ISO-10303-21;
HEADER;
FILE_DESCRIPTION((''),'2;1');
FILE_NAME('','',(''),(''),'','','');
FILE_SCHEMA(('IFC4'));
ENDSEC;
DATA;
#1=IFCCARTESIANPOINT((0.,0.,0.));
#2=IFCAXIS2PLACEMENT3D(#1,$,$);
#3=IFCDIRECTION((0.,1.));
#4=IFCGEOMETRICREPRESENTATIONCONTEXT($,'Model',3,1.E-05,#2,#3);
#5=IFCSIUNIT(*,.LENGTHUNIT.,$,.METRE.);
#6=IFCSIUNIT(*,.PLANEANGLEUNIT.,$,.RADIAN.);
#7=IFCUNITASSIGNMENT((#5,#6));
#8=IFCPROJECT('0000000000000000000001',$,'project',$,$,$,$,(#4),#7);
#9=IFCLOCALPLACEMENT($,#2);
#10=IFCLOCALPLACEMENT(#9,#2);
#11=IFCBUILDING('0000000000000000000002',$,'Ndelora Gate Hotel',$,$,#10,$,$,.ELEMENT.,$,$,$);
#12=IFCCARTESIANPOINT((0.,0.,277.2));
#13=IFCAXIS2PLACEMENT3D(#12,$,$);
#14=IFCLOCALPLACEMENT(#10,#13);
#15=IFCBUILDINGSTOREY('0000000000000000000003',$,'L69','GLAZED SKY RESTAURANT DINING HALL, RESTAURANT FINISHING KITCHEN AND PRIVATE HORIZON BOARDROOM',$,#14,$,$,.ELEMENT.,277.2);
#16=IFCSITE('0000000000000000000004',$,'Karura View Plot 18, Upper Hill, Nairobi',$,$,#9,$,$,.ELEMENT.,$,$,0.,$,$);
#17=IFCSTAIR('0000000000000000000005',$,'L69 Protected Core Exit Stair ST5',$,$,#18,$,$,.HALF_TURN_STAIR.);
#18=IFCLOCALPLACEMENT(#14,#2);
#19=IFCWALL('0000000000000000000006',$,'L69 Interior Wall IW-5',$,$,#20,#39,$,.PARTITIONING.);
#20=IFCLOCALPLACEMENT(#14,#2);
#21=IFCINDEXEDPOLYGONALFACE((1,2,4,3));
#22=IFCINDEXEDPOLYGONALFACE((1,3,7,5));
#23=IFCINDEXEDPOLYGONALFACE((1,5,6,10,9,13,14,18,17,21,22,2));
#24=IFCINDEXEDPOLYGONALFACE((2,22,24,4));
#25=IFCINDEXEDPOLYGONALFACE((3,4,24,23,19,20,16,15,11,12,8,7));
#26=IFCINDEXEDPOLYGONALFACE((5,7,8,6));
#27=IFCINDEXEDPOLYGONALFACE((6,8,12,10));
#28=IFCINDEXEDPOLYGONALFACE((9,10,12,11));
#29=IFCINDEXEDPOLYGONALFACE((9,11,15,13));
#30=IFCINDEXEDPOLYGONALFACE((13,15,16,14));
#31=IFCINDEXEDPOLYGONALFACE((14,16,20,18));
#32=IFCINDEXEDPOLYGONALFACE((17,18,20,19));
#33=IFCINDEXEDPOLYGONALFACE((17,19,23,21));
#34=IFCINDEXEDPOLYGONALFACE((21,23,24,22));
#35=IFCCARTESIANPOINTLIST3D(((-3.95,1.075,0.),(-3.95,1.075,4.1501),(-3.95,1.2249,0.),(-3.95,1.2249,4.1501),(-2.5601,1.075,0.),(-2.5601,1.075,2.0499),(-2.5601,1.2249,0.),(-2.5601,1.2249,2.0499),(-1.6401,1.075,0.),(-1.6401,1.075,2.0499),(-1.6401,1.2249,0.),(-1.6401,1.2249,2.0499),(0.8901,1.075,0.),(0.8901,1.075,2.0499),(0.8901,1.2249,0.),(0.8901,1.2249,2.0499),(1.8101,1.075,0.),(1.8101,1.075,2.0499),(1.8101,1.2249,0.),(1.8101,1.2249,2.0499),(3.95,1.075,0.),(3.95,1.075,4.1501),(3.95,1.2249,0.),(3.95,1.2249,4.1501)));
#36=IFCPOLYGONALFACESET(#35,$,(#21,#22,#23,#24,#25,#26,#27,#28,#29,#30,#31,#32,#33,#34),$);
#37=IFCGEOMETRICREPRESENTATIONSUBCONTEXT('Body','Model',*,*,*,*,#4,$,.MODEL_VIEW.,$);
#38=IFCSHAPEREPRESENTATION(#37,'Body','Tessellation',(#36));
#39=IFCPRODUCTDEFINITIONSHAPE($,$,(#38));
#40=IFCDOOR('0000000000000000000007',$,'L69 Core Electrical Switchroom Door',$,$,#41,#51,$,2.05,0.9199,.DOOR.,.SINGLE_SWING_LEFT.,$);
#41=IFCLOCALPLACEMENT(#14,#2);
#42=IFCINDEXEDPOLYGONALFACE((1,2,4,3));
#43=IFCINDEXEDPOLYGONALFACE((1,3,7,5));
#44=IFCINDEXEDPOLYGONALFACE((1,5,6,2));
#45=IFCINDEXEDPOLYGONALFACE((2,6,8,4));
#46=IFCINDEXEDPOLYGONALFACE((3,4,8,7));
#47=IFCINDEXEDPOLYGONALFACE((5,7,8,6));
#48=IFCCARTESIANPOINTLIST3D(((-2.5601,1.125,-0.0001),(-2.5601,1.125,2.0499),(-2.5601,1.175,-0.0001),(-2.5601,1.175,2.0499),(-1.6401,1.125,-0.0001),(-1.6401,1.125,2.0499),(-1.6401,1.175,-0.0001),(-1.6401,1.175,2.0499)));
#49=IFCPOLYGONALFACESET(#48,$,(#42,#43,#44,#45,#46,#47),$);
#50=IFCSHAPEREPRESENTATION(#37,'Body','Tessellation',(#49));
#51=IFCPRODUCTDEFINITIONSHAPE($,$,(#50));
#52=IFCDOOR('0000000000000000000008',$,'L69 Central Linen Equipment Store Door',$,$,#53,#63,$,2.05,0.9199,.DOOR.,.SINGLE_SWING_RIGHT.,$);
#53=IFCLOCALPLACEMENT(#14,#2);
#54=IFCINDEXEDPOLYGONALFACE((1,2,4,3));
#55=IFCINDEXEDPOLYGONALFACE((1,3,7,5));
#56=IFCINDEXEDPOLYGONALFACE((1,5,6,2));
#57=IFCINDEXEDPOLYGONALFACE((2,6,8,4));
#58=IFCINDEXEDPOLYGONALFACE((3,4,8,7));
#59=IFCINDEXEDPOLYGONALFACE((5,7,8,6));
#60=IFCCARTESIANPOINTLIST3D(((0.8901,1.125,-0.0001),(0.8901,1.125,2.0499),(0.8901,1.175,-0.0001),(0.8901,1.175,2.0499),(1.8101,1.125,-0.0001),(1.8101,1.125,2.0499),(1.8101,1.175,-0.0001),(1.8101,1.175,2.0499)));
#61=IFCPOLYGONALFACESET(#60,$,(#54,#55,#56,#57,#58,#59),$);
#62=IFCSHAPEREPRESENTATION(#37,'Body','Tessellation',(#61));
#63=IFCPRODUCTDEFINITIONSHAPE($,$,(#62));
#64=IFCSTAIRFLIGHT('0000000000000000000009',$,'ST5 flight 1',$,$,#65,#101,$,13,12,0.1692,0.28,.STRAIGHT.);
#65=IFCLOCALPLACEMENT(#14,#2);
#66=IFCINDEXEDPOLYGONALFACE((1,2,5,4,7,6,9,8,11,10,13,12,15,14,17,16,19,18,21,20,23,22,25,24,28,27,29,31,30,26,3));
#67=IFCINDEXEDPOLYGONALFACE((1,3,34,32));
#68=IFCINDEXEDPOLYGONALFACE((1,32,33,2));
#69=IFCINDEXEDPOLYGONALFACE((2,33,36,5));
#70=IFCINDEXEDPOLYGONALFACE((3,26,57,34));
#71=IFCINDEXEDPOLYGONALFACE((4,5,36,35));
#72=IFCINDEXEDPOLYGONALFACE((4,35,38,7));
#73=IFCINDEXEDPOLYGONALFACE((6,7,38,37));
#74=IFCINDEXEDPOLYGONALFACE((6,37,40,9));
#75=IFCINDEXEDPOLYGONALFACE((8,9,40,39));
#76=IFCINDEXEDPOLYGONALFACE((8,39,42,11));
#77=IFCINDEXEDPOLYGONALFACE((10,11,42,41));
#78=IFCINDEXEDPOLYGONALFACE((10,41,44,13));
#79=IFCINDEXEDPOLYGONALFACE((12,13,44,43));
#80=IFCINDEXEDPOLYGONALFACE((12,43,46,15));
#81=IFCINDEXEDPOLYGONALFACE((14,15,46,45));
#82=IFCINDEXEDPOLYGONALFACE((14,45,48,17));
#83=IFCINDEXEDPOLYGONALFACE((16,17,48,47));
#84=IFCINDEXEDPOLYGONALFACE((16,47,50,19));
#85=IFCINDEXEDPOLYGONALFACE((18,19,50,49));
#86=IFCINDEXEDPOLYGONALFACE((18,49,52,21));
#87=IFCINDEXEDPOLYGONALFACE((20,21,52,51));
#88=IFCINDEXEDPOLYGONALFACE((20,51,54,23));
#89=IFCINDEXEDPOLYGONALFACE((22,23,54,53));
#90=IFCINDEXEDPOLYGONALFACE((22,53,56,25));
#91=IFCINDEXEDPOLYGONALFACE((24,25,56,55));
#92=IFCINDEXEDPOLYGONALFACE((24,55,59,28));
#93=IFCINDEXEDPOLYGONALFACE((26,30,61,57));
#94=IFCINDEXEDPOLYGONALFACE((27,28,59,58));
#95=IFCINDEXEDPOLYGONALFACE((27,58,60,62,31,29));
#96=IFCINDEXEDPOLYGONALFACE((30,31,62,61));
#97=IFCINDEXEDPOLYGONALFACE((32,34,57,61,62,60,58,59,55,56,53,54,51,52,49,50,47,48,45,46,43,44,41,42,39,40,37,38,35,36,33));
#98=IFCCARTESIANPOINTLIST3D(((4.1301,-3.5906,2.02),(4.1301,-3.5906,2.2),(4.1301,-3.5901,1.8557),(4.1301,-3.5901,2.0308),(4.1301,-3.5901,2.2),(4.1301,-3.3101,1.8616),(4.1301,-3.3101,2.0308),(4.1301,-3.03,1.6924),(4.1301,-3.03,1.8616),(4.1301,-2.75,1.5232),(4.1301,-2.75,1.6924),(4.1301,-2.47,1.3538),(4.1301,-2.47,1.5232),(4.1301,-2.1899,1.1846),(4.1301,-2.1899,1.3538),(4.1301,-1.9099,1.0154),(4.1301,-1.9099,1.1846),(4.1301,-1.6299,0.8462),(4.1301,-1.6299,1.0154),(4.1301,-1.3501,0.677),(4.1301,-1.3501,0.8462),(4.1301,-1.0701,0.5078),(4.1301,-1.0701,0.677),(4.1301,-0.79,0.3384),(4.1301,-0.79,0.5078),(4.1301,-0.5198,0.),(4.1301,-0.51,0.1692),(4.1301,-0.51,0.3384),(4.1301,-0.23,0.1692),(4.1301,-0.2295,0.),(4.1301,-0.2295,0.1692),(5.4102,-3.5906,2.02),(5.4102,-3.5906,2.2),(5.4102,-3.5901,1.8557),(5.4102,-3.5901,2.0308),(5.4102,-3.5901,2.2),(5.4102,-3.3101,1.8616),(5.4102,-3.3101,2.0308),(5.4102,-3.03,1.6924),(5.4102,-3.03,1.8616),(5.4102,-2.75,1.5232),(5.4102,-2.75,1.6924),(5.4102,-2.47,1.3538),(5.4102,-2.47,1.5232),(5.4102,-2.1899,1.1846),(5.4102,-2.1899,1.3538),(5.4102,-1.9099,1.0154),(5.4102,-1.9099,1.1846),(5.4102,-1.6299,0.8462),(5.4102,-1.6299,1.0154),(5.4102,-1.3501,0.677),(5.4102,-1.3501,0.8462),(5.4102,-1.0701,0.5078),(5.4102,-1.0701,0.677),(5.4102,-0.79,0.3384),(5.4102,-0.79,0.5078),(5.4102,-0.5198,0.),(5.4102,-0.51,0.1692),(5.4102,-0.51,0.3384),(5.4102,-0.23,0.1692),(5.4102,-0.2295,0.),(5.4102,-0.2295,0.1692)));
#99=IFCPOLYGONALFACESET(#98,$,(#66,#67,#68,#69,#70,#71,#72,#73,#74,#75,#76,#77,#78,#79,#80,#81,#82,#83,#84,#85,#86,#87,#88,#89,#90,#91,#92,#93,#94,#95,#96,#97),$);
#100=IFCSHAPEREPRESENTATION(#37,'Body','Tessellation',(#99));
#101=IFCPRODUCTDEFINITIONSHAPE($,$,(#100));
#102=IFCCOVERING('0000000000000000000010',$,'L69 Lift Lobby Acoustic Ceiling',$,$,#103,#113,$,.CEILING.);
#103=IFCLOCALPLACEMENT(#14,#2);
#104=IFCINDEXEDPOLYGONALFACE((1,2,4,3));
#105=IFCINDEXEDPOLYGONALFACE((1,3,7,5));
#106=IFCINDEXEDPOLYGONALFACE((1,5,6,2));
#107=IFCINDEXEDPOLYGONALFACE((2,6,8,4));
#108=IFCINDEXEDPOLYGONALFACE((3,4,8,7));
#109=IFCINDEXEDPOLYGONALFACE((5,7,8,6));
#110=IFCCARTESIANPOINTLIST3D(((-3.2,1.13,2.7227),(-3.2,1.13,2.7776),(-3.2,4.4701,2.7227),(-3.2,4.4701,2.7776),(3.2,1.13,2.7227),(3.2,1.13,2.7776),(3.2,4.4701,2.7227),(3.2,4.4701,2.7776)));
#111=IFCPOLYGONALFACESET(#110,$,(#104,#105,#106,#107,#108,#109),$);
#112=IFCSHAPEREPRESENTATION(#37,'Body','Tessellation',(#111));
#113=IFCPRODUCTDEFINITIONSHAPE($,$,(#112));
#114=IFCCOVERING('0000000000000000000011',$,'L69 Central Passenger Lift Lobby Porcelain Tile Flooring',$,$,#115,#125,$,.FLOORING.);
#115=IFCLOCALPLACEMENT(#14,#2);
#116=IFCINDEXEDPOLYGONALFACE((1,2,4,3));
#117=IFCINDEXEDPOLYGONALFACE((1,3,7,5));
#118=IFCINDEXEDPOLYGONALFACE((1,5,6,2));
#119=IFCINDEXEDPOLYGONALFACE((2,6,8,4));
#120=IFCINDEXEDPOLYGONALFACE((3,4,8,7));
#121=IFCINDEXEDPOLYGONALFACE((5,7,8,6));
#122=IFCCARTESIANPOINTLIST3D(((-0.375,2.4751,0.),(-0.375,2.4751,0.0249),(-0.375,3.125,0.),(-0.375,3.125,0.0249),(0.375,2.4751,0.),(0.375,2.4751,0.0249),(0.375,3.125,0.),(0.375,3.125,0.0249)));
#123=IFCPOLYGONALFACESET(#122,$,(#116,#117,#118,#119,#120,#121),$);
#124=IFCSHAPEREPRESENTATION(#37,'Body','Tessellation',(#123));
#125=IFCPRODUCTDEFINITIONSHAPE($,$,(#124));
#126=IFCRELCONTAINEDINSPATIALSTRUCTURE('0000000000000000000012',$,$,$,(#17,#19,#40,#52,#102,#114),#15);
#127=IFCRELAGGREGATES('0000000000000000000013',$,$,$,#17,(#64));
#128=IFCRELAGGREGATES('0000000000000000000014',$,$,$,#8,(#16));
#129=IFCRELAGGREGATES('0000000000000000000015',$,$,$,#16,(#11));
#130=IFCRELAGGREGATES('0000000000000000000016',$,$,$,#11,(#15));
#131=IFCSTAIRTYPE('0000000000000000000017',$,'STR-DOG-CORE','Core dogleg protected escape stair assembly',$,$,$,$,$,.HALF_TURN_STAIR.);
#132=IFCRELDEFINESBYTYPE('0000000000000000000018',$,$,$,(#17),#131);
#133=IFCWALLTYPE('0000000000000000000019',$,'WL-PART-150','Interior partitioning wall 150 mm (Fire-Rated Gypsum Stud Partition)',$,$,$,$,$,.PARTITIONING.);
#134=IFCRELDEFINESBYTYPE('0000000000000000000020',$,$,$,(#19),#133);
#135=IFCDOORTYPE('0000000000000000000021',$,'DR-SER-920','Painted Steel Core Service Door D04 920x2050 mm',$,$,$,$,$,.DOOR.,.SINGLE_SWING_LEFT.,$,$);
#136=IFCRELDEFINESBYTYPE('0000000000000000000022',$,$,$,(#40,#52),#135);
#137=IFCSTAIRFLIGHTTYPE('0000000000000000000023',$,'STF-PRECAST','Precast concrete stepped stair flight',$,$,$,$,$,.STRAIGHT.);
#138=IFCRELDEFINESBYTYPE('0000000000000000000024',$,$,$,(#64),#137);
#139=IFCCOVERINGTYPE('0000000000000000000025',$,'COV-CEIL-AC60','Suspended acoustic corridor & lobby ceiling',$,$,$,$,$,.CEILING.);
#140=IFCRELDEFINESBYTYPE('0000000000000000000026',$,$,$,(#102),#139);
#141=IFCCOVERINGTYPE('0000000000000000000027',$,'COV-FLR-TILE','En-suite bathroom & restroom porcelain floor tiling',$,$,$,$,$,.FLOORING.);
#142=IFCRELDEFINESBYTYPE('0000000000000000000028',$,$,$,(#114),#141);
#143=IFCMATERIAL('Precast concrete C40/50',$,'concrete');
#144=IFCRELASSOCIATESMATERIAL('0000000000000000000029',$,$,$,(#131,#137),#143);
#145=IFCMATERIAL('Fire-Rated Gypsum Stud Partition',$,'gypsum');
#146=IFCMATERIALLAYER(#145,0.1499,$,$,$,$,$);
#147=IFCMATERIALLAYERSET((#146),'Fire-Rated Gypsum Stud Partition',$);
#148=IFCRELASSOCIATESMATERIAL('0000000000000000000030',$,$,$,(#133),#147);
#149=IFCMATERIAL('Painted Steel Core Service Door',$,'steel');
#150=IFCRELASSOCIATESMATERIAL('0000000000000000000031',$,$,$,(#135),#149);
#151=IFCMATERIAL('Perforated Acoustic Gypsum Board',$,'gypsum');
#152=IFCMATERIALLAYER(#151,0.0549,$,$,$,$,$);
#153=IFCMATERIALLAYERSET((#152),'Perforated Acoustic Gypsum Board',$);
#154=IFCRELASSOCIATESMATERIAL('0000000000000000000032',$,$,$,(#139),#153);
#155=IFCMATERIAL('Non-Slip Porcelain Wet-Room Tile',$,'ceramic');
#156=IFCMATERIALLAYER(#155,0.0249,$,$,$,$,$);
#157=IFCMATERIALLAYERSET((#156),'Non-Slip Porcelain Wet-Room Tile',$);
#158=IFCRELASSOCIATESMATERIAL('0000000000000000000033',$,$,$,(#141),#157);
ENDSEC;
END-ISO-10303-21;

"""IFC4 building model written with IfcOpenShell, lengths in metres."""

from ifc_helpers import new_model, si_unit, direction, frame, frame_2d, origin, origin_2d, place, context, subcontext, project, spatial, polyline, rectangle, outline, extrude, material, layer, layer_set, type_object, element, fill, aggregate, save


model = new_model("IFC4")

# Units and contexts
model_context = context("Model", 3, precision=1e-05, world=origin(), true_north=direction((0.0, 1.0)))
body_context = subcontext(model_context, "Body", "Model", "MODEL_VIEW")
ifc_project = project(units=[si_unit("LENGTHUNIT", "METRE"), si_unit("PLANEANGLEUNIT", "RADIAN")], contexts=[model_context])

# Site, building, storey
site_placement = place(None, origin())
site = spatial("IfcSite", under=ifc_project, at=site_placement, Name="Karura View Plot 18, Upper Hill, Nairobi", CompositionType="ELEMENT", RefElevation=0.0)
building_placement = place(site_placement, origin())
building = spatial("IfcBuilding", under=site, at=building_placement, Name="Ndelora Gate Hotel", CompositionType="ELEMENT")
storey_placement = place(building_placement, frame((0.0, 0.0, 277.2)))
storey = spatial("IfcBuildingStorey", under=building, at=storey_placement, Name="L69", Description="GLAZED SKY RESTAURANT DINING HALL, RESTAURANT FINISHING KITCHEN AND PRIVATE HORIZON BOARDROOM", CompositionType="ELEMENT", Elevation=277.2)

# Stair
ifc_material_1 = material(Name="Precast concrete C40/50", Category="concrete")
stair_type = type_object("IfcStairType", Name="STR-DOG-CORE", Description="Core dogleg protected escape stair assembly", PredefinedType="HALF_TURN_STAIR", material=ifc_material_1)
stair_1_placement = place(storey_placement, origin())
stair_1 = element("IfcStair", 1, at=stair_1_placement, inside=storey, type_object=stair_type, Name="L69 Protected Core Exit Stair ST5", PredefinedType="HALF_TURN_STAIR")

# Wall, openings, doors
ifc_material_2 = material(Name="Fire-Rated Gypsum Stud Partition", Category="gypsum")
ifc_layer_1 = layer(ifc_material_2, 0.1499)
ifc_layer_set_1 = layer_set([ifc_layer_1], Name="Fire-Rated Gypsum Stud Partition")
wall_type_1 = type_object("IfcWallType", Name="WL-PART-150", Description="Interior partitioning wall 150 mm (Fire-Rated Gypsum Stud Partition)", PredefinedType="PARTITIONING", material=ifc_layer_set_1)
wall_1_placement = place(storey_placement, frame((3.95, 1.1499, 0.0), z_axis=(0.0, 0.0, 1.0), x_axis=(-1.0, 0.0, 0.0)))
wall_1 = element("IfcWall", 2, at=wall_1_placement, inside=storey, type_object=wall_type_1, Name="L69 Interior Wall IW-5", PredefinedType="PARTITIONING", context=body_context, shape_type="SweptSolid", body=[
    extrude(rectangle(XDim=7.8999, YDim=0.1499, at=frame_2d((3.95, 0.0))), origin(), (0.0, 0.0, 1.0), 4.1501),
])
opening_1_placement = place(wall_1_placement, frame((5.5901, 0.0, 0.0)))
opening_1 = element("IfcOpeningElement", 3, at=opening_1_placement, cuts=wall_1, PredefinedType="OPENING", context=body_context, shape_type="SweptSolid", body=[
    extrude(rectangle(XDim=0.9199, YDim=2.05, at=frame_2d((0.46, 1.0249))), frame((0.0, 0.085, 0.0), z_axis=(0.0, -1.0, 0.0), x_axis=(1.0, 0.0, 0.0)), (0.0, 0.0, 1.0), 0.1699),
])
opening_2_placement = place(wall_1_placement, frame((2.1399, 0.0, 0.0)))
opening_2 = element("IfcOpeningElement", 4, at=opening_2_placement, cuts=wall_1, PredefinedType="OPENING", context=body_context, shape_type="SweptSolid", body=[
    extrude(rectangle(XDim=0.9199, YDim=2.05, at=frame_2d((0.46, 1.0249))), frame((0.0, 0.085, 0.0), z_axis=(0.0, -1.0, 0.0), x_axis=(1.0, 0.0, 0.0)), (0.0, 0.0, 1.0), 0.1699),
])
ifc_material_3 = material(Name="Painted Steel Core Service Door", Category="steel")
door_type_1 = type_object("IfcDoorType", Name="DR-SER-920", Description="Painted Steel Core Service Door D04 920x2050 mm", OperationType="SINGLE_SWING_LEFT", PredefinedType="DOOR", material=ifc_material_3)
door_1_placement = place(opening_1_placement, origin())
door_1 = element("IfcDoor", 5, at=door_1_placement, inside=storey, type_object=door_type_1, Name="L69 Core Electrical Switchroom Door", OperationType="SINGLE_SWING_LEFT", OverallHeight=2.05, OverallWidth=0.9199, PredefinedType="DOOR", context=body_context, shape_type="SweptSolid", body=[
    extrude(rectangle(XDim=0.9199, YDim=2.05, at=frame_2d((0.46, 1.0249))), frame((0.0, 0.0249, 0.0), z_axis=(0.0, -1.0, 0.0), x_axis=(1.0, 0.0, 0.0)), (0.0, 0.0, 1.0), 0.05),
])
fill(opening_1, door_1)
door_2_placement = place(opening_2_placement, origin())
door_2 = element("IfcDoor", 6, at=door_2_placement, inside=storey, type_object=door_type_1, Name="L69 Central Linen Equipment Store Door", OperationType="SINGLE_SWING_RIGHT", OverallHeight=2.05, OverallWidth=0.9199, PredefinedType="DOOR", context=body_context, shape_type="SweptSolid", body=[
    extrude(rectangle(XDim=0.9199, YDim=2.05, at=frame_2d((0.46, 1.0249))), frame((0.0, 0.0249, 0.0), z_axis=(0.0, -1.0, 0.0), x_axis=(1.0, 0.0, 0.0)), (0.0, 0.0, 1.0), 0.05),
])
fill(opening_2, door_2)

# Stair flight
stair_flight_type = type_object("IfcStairFlightType", Name="STF-PRECAST", Description="Precast concrete stepped stair flight", PredefinedType="STRAIGHT", material=ifc_material_1)
stair_flight_placement = place(storey_placement, frame((4.77, -0.23, 0.0), z_axis=(0.0, 0.0, 1.0), x_axis=(0.0, -1.0, 0.0)))
stair_flight = element("IfcStairFlight", 7, at=stair_flight_placement, type_object=stair_flight_type, Name="ST5 flight 1", NumberOfRisers=13, NumberOfTreads=12, PredefinedType="STRAIGHT", RiserHeight=0.1692, TreadLength=0.28, context=body_context, shape_type="SweptSolid", body=[
    extrude(outline(polyline([(-0.0005, 0.0), (-0.0005, 0.1692), (0.0, 0.1692), (0.28, 0.1692), (0.28, 0.3384), (0.5601, 0.3384), (0.5601, 0.5078), (0.8401, 0.5078), (0.8401, 0.677), (1.1201, 0.677), (1.1201, 0.8462), (1.3999, 0.8462), (1.3999, 1.0154), (1.6799, 1.0154), (1.6799, 1.1846), (1.96, 1.1846), (1.96, 1.3538), (2.24, 1.3538), (2.24, 1.5232), (2.52, 1.5232), (2.52, 1.6924), (2.8, 1.6924), (2.8, 1.8616), (3.0801, 1.8616), (3.0801, 2.0308), (3.3601, 2.0308), (3.3601, 2.2), (3.3606, 2.2), (3.3606, 2.02), (3.3601, 1.8557), (0.2898, 0.0), (-0.0005, 0.0)])), frame((0.0, 0.6401, 0.0), z_axis=(0.0, -1.0, 0.0), x_axis=(1.0, 0.0, 0.0)), (0.0, 0.0, 1.0), 1.28),
])
aggregate(stair_1, [stair_flight])

# Coverings
ifc_material_4 = material(Name="Perforated Acoustic Gypsum Board", Category="gypsum")
ifc_layer_2 = layer(ifc_material_4, 0.0549)
ifc_layer_set_2 = layer_set([ifc_layer_2], Name="Perforated Acoustic Gypsum Board")
covering_type_1 = type_object("IfcCoveringType", Name="COV-CEIL-AC60", Description="Suspended acoustic corridor & lobby ceiling", PredefinedType="CEILING", material=ifc_layer_set_2)
covering_1_placement = place(storey_placement, frame((0.0, 2.8, 2.7227), z_axis=(0.0, 0.0, 1.0), x_axis=(1.0, 0.0, 0.0)))
element("IfcCovering", 8, at=covering_1_placement, inside=storey, type_object=covering_type_1, Name="L69 Lift Lobby Acoustic Ceiling", PredefinedType="CEILING", context=body_context, shape_type="SweptSolid", body=[
    extrude(rectangle(XDim=6.3999, YDim=3.3401, at=origin_2d()), origin(), (0.0, 0.0, 1.0), 0.0549),
])
ifc_material_5 = material(Name="Non-Slip Porcelain Wet-Room Tile", Category="ceramic")
ifc_layer_3 = layer(ifc_material_5, 0.0249)
ifc_layer_set_3 = layer_set([ifc_layer_3], Name="Non-Slip Porcelain Wet-Room Tile")
covering_type_2 = type_object("IfcCoveringType", Name="COV-FLR-TILE", Description="En-suite bathroom & restroom porcelain floor tiling", PredefinedType="FLOORING", material=ifc_layer_set_3)
covering_2_placement = place(storey_placement, frame((0.0, 2.8, 0.0), z_axis=(0.0, 0.0, 1.0), x_axis=(1.0, 0.0, 0.0)))
element("IfcCovering", 9, at=covering_2_placement, inside=storey, type_object=covering_type_2, Name="L69 Central Passenger Lift Lobby Porcelain Tile Flooring", PredefinedType="FLOORING", context=body_context, shape_type="SweptSolid", body=[
    extrude(rectangle(XDim=0.75, YDim=0.6499, at=origin_2d()), origin(), (0.0, 0.0, 1.0), 0.0249),
])

save(model, "model.ifc")
